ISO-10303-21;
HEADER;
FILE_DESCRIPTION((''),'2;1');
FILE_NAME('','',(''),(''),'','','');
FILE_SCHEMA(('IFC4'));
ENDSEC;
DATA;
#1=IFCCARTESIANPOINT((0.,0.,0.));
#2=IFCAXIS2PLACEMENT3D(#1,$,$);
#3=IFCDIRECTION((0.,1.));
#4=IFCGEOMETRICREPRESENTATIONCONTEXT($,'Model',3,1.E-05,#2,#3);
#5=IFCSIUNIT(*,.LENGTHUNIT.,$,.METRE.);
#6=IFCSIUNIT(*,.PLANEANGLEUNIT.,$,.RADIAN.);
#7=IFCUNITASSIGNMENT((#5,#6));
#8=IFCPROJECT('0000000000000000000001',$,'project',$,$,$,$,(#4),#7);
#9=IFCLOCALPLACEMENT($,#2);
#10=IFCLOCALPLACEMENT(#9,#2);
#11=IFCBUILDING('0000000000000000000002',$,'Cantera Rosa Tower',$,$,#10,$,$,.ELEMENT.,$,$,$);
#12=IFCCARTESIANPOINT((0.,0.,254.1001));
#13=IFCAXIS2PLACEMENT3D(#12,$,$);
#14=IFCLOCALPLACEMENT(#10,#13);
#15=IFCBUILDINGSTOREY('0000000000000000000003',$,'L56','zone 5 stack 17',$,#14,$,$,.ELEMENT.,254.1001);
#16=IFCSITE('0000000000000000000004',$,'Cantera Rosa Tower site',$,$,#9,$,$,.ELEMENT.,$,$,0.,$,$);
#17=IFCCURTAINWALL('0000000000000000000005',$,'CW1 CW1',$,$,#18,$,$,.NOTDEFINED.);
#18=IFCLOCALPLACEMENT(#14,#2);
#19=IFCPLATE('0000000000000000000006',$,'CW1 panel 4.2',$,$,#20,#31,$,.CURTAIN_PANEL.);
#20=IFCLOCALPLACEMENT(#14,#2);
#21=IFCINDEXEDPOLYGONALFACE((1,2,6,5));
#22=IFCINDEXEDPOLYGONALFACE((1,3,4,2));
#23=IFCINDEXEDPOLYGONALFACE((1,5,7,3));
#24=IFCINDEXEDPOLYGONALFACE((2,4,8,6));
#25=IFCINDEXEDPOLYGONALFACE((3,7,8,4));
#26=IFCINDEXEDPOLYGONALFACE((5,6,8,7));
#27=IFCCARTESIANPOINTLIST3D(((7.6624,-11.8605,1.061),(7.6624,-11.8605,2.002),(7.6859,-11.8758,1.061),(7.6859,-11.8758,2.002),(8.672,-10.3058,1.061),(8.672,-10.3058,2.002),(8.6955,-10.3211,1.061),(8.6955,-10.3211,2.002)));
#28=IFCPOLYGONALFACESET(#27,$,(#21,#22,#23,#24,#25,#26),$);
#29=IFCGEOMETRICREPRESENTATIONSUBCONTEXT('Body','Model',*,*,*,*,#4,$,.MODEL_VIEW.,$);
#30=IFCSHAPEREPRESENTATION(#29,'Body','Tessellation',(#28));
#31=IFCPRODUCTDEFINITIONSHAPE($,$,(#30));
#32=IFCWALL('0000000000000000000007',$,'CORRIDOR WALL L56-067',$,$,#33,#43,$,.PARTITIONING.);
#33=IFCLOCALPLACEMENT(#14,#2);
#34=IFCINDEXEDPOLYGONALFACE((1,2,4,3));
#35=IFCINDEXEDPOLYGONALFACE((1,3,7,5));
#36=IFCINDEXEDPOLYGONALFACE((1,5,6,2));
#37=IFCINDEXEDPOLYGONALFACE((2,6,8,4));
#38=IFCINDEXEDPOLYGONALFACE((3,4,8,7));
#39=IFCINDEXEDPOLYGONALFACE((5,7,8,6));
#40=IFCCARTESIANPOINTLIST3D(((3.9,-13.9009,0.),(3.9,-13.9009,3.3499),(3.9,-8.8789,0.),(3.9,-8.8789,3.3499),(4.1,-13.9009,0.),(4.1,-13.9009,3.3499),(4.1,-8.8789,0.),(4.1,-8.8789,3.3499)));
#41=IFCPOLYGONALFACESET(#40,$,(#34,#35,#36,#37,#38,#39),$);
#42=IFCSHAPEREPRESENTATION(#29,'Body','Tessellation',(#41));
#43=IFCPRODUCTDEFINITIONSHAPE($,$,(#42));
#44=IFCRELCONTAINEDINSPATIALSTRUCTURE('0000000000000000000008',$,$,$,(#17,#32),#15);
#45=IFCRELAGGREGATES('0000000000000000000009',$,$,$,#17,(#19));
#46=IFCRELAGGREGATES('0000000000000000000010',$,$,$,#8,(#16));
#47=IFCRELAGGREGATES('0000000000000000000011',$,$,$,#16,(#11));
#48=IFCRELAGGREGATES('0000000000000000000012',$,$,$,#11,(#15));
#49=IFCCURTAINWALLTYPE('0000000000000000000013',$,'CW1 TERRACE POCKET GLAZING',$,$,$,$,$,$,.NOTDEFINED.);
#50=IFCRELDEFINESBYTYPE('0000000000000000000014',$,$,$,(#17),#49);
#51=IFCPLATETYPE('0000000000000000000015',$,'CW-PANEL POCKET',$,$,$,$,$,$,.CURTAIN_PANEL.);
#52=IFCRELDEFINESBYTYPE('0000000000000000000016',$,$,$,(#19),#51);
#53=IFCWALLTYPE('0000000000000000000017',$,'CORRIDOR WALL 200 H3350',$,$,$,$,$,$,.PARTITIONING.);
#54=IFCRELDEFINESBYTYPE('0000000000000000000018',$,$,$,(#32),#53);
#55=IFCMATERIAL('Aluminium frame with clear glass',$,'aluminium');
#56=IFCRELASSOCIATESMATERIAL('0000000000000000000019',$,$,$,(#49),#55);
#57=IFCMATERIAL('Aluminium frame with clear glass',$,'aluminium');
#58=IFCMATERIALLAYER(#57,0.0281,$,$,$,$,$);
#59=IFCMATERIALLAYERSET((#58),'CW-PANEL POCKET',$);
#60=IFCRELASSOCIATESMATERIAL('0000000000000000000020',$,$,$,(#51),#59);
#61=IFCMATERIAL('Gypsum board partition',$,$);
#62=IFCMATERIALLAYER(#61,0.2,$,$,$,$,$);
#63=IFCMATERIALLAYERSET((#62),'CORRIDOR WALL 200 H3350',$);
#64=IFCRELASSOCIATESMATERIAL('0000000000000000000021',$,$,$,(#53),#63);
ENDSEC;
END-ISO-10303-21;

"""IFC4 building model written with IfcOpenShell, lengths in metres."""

from ifc_helpers import new_model, si_unit, direction, frame, frame_2d, origin, origin_2d, place, context, subcontext, project, spatial, rectangle, extrude, material, layer, layer_set, type_object, element, aggregate, save


model = new_model("IFC4")

# Units and contexts
model_context = context("Model", 3, precision=1e-05, world=origin(), true_north=direction((0.0, 1.0)))
body_context = subcontext(model_context, "Body", "Model", "MODEL_VIEW")
ifc_project = project(units=[si_unit("LENGTHUNIT", "METRE"), si_unit("PLANEANGLEUNIT", "RADIAN")], contexts=[model_context])

# Site, building, storey
site_placement = place(None, origin())
site = spatial("IfcSite", under=ifc_project, at=site_placement, Name="Cantera Rosa Tower site", CompositionType="ELEMENT", RefElevation=0.0)
building_placement = place(site_placement, origin())
building = spatial("IfcBuilding", under=site, at=building_placement, Name="Cantera Rosa Tower", CompositionType="ELEMENT")
storey_placement = place(building_placement, frame((0.0, 0.0, 254.1001)))
storey = spatial("IfcBuildingStorey", under=building, at=storey_placement, Name="L56", Description="zone 5 stack 17", CompositionType="ELEMENT", Elevation=254.1001)

# Curtain wall
ifc_material_1 = material(Name="Aluminium frame with clear glass", Category="aluminium")
curtain_wall_type = type_object("IfcCurtainWallType", Name="CW1 TERRACE POCKET GLAZING", PredefinedType="NOTDEFINED", material=ifc_material_1)
curtain_wall_placement = place(storey_placement, origin())
curtain_wall = element("IfcCurtainWall", 1, at=curtain_wall_placement, inside=storey, type_object=curtain_wall_type, Name="CW1 CW1", PredefinedType="NOTDEFINED")

# Plate
ifc_material_2 = material(Name="Aluminium frame with clear glass", Category="aluminium")
ifc_layer_1 = layer(ifc_material_2, 0.0281)
ifc_layer_set_1 = layer_set([ifc_layer_1], Name="CW-PANEL POCKET")
plate_type = type_object("IfcPlateType", Name="CW-PANEL POCKET", PredefinedType="CURTAIN_PANEL", material=ifc_layer_set_1)
plate_1_placement = place(storey_placement, frame((8.179, -11.0908, 1.061), z_axis=(0.0, 0.0, 1.0), x_axis=(0.544639, 0.838671, 0.0)))
plate_1 = element("IfcPlate", 2, at=plate_1_placement, type_object=plate_type, Name="CW1 panel 4.2", PredefinedType="CURTAIN_PANEL", context=body_context, shape_type="SweptSolid", body=[
    extrude(rectangle(XDim=1.8538, YDim=0.0281, at=origin_2d()), origin(), (0.0, 0.0, 1.0), 0.9409),
])
aggregate(curtain_wall, [plate_1])

# Wall
ifc_material_3 = material(Name="Gypsum board partition")
ifc_layer_2 = layer(ifc_material_3, 0.2)
ifc_layer_set_2 = layer_set([ifc_layer_2], Name="CORRIDOR WALL 200 H3350")
wall_type = type_object("IfcWallType", Name="CORRIDOR WALL 200 H3350", PredefinedType="PARTITIONING", material=ifc_layer_set_2)
wall_placement = place(storey_placement, frame((4.0, -13.9009, 0.0), z_axis=(0.0, 0.0, 1.0), x_axis=(0.0, 1.0, 0.0)))
element("IfcWall", 3, at=wall_placement, inside=storey, type_object=wall_type, Name="CORRIDOR WALL L56-067", PredefinedType="PARTITIONING", context=body_context, shape_type="SweptSolid", body=[
    extrude(rectangle(XDim=5.022, YDim=0.2, at=frame_2d((2.511, 0.0))), origin(), (0.0, 0.0, 1.0), 3.3499),
])

save(model, "model.ifc")
